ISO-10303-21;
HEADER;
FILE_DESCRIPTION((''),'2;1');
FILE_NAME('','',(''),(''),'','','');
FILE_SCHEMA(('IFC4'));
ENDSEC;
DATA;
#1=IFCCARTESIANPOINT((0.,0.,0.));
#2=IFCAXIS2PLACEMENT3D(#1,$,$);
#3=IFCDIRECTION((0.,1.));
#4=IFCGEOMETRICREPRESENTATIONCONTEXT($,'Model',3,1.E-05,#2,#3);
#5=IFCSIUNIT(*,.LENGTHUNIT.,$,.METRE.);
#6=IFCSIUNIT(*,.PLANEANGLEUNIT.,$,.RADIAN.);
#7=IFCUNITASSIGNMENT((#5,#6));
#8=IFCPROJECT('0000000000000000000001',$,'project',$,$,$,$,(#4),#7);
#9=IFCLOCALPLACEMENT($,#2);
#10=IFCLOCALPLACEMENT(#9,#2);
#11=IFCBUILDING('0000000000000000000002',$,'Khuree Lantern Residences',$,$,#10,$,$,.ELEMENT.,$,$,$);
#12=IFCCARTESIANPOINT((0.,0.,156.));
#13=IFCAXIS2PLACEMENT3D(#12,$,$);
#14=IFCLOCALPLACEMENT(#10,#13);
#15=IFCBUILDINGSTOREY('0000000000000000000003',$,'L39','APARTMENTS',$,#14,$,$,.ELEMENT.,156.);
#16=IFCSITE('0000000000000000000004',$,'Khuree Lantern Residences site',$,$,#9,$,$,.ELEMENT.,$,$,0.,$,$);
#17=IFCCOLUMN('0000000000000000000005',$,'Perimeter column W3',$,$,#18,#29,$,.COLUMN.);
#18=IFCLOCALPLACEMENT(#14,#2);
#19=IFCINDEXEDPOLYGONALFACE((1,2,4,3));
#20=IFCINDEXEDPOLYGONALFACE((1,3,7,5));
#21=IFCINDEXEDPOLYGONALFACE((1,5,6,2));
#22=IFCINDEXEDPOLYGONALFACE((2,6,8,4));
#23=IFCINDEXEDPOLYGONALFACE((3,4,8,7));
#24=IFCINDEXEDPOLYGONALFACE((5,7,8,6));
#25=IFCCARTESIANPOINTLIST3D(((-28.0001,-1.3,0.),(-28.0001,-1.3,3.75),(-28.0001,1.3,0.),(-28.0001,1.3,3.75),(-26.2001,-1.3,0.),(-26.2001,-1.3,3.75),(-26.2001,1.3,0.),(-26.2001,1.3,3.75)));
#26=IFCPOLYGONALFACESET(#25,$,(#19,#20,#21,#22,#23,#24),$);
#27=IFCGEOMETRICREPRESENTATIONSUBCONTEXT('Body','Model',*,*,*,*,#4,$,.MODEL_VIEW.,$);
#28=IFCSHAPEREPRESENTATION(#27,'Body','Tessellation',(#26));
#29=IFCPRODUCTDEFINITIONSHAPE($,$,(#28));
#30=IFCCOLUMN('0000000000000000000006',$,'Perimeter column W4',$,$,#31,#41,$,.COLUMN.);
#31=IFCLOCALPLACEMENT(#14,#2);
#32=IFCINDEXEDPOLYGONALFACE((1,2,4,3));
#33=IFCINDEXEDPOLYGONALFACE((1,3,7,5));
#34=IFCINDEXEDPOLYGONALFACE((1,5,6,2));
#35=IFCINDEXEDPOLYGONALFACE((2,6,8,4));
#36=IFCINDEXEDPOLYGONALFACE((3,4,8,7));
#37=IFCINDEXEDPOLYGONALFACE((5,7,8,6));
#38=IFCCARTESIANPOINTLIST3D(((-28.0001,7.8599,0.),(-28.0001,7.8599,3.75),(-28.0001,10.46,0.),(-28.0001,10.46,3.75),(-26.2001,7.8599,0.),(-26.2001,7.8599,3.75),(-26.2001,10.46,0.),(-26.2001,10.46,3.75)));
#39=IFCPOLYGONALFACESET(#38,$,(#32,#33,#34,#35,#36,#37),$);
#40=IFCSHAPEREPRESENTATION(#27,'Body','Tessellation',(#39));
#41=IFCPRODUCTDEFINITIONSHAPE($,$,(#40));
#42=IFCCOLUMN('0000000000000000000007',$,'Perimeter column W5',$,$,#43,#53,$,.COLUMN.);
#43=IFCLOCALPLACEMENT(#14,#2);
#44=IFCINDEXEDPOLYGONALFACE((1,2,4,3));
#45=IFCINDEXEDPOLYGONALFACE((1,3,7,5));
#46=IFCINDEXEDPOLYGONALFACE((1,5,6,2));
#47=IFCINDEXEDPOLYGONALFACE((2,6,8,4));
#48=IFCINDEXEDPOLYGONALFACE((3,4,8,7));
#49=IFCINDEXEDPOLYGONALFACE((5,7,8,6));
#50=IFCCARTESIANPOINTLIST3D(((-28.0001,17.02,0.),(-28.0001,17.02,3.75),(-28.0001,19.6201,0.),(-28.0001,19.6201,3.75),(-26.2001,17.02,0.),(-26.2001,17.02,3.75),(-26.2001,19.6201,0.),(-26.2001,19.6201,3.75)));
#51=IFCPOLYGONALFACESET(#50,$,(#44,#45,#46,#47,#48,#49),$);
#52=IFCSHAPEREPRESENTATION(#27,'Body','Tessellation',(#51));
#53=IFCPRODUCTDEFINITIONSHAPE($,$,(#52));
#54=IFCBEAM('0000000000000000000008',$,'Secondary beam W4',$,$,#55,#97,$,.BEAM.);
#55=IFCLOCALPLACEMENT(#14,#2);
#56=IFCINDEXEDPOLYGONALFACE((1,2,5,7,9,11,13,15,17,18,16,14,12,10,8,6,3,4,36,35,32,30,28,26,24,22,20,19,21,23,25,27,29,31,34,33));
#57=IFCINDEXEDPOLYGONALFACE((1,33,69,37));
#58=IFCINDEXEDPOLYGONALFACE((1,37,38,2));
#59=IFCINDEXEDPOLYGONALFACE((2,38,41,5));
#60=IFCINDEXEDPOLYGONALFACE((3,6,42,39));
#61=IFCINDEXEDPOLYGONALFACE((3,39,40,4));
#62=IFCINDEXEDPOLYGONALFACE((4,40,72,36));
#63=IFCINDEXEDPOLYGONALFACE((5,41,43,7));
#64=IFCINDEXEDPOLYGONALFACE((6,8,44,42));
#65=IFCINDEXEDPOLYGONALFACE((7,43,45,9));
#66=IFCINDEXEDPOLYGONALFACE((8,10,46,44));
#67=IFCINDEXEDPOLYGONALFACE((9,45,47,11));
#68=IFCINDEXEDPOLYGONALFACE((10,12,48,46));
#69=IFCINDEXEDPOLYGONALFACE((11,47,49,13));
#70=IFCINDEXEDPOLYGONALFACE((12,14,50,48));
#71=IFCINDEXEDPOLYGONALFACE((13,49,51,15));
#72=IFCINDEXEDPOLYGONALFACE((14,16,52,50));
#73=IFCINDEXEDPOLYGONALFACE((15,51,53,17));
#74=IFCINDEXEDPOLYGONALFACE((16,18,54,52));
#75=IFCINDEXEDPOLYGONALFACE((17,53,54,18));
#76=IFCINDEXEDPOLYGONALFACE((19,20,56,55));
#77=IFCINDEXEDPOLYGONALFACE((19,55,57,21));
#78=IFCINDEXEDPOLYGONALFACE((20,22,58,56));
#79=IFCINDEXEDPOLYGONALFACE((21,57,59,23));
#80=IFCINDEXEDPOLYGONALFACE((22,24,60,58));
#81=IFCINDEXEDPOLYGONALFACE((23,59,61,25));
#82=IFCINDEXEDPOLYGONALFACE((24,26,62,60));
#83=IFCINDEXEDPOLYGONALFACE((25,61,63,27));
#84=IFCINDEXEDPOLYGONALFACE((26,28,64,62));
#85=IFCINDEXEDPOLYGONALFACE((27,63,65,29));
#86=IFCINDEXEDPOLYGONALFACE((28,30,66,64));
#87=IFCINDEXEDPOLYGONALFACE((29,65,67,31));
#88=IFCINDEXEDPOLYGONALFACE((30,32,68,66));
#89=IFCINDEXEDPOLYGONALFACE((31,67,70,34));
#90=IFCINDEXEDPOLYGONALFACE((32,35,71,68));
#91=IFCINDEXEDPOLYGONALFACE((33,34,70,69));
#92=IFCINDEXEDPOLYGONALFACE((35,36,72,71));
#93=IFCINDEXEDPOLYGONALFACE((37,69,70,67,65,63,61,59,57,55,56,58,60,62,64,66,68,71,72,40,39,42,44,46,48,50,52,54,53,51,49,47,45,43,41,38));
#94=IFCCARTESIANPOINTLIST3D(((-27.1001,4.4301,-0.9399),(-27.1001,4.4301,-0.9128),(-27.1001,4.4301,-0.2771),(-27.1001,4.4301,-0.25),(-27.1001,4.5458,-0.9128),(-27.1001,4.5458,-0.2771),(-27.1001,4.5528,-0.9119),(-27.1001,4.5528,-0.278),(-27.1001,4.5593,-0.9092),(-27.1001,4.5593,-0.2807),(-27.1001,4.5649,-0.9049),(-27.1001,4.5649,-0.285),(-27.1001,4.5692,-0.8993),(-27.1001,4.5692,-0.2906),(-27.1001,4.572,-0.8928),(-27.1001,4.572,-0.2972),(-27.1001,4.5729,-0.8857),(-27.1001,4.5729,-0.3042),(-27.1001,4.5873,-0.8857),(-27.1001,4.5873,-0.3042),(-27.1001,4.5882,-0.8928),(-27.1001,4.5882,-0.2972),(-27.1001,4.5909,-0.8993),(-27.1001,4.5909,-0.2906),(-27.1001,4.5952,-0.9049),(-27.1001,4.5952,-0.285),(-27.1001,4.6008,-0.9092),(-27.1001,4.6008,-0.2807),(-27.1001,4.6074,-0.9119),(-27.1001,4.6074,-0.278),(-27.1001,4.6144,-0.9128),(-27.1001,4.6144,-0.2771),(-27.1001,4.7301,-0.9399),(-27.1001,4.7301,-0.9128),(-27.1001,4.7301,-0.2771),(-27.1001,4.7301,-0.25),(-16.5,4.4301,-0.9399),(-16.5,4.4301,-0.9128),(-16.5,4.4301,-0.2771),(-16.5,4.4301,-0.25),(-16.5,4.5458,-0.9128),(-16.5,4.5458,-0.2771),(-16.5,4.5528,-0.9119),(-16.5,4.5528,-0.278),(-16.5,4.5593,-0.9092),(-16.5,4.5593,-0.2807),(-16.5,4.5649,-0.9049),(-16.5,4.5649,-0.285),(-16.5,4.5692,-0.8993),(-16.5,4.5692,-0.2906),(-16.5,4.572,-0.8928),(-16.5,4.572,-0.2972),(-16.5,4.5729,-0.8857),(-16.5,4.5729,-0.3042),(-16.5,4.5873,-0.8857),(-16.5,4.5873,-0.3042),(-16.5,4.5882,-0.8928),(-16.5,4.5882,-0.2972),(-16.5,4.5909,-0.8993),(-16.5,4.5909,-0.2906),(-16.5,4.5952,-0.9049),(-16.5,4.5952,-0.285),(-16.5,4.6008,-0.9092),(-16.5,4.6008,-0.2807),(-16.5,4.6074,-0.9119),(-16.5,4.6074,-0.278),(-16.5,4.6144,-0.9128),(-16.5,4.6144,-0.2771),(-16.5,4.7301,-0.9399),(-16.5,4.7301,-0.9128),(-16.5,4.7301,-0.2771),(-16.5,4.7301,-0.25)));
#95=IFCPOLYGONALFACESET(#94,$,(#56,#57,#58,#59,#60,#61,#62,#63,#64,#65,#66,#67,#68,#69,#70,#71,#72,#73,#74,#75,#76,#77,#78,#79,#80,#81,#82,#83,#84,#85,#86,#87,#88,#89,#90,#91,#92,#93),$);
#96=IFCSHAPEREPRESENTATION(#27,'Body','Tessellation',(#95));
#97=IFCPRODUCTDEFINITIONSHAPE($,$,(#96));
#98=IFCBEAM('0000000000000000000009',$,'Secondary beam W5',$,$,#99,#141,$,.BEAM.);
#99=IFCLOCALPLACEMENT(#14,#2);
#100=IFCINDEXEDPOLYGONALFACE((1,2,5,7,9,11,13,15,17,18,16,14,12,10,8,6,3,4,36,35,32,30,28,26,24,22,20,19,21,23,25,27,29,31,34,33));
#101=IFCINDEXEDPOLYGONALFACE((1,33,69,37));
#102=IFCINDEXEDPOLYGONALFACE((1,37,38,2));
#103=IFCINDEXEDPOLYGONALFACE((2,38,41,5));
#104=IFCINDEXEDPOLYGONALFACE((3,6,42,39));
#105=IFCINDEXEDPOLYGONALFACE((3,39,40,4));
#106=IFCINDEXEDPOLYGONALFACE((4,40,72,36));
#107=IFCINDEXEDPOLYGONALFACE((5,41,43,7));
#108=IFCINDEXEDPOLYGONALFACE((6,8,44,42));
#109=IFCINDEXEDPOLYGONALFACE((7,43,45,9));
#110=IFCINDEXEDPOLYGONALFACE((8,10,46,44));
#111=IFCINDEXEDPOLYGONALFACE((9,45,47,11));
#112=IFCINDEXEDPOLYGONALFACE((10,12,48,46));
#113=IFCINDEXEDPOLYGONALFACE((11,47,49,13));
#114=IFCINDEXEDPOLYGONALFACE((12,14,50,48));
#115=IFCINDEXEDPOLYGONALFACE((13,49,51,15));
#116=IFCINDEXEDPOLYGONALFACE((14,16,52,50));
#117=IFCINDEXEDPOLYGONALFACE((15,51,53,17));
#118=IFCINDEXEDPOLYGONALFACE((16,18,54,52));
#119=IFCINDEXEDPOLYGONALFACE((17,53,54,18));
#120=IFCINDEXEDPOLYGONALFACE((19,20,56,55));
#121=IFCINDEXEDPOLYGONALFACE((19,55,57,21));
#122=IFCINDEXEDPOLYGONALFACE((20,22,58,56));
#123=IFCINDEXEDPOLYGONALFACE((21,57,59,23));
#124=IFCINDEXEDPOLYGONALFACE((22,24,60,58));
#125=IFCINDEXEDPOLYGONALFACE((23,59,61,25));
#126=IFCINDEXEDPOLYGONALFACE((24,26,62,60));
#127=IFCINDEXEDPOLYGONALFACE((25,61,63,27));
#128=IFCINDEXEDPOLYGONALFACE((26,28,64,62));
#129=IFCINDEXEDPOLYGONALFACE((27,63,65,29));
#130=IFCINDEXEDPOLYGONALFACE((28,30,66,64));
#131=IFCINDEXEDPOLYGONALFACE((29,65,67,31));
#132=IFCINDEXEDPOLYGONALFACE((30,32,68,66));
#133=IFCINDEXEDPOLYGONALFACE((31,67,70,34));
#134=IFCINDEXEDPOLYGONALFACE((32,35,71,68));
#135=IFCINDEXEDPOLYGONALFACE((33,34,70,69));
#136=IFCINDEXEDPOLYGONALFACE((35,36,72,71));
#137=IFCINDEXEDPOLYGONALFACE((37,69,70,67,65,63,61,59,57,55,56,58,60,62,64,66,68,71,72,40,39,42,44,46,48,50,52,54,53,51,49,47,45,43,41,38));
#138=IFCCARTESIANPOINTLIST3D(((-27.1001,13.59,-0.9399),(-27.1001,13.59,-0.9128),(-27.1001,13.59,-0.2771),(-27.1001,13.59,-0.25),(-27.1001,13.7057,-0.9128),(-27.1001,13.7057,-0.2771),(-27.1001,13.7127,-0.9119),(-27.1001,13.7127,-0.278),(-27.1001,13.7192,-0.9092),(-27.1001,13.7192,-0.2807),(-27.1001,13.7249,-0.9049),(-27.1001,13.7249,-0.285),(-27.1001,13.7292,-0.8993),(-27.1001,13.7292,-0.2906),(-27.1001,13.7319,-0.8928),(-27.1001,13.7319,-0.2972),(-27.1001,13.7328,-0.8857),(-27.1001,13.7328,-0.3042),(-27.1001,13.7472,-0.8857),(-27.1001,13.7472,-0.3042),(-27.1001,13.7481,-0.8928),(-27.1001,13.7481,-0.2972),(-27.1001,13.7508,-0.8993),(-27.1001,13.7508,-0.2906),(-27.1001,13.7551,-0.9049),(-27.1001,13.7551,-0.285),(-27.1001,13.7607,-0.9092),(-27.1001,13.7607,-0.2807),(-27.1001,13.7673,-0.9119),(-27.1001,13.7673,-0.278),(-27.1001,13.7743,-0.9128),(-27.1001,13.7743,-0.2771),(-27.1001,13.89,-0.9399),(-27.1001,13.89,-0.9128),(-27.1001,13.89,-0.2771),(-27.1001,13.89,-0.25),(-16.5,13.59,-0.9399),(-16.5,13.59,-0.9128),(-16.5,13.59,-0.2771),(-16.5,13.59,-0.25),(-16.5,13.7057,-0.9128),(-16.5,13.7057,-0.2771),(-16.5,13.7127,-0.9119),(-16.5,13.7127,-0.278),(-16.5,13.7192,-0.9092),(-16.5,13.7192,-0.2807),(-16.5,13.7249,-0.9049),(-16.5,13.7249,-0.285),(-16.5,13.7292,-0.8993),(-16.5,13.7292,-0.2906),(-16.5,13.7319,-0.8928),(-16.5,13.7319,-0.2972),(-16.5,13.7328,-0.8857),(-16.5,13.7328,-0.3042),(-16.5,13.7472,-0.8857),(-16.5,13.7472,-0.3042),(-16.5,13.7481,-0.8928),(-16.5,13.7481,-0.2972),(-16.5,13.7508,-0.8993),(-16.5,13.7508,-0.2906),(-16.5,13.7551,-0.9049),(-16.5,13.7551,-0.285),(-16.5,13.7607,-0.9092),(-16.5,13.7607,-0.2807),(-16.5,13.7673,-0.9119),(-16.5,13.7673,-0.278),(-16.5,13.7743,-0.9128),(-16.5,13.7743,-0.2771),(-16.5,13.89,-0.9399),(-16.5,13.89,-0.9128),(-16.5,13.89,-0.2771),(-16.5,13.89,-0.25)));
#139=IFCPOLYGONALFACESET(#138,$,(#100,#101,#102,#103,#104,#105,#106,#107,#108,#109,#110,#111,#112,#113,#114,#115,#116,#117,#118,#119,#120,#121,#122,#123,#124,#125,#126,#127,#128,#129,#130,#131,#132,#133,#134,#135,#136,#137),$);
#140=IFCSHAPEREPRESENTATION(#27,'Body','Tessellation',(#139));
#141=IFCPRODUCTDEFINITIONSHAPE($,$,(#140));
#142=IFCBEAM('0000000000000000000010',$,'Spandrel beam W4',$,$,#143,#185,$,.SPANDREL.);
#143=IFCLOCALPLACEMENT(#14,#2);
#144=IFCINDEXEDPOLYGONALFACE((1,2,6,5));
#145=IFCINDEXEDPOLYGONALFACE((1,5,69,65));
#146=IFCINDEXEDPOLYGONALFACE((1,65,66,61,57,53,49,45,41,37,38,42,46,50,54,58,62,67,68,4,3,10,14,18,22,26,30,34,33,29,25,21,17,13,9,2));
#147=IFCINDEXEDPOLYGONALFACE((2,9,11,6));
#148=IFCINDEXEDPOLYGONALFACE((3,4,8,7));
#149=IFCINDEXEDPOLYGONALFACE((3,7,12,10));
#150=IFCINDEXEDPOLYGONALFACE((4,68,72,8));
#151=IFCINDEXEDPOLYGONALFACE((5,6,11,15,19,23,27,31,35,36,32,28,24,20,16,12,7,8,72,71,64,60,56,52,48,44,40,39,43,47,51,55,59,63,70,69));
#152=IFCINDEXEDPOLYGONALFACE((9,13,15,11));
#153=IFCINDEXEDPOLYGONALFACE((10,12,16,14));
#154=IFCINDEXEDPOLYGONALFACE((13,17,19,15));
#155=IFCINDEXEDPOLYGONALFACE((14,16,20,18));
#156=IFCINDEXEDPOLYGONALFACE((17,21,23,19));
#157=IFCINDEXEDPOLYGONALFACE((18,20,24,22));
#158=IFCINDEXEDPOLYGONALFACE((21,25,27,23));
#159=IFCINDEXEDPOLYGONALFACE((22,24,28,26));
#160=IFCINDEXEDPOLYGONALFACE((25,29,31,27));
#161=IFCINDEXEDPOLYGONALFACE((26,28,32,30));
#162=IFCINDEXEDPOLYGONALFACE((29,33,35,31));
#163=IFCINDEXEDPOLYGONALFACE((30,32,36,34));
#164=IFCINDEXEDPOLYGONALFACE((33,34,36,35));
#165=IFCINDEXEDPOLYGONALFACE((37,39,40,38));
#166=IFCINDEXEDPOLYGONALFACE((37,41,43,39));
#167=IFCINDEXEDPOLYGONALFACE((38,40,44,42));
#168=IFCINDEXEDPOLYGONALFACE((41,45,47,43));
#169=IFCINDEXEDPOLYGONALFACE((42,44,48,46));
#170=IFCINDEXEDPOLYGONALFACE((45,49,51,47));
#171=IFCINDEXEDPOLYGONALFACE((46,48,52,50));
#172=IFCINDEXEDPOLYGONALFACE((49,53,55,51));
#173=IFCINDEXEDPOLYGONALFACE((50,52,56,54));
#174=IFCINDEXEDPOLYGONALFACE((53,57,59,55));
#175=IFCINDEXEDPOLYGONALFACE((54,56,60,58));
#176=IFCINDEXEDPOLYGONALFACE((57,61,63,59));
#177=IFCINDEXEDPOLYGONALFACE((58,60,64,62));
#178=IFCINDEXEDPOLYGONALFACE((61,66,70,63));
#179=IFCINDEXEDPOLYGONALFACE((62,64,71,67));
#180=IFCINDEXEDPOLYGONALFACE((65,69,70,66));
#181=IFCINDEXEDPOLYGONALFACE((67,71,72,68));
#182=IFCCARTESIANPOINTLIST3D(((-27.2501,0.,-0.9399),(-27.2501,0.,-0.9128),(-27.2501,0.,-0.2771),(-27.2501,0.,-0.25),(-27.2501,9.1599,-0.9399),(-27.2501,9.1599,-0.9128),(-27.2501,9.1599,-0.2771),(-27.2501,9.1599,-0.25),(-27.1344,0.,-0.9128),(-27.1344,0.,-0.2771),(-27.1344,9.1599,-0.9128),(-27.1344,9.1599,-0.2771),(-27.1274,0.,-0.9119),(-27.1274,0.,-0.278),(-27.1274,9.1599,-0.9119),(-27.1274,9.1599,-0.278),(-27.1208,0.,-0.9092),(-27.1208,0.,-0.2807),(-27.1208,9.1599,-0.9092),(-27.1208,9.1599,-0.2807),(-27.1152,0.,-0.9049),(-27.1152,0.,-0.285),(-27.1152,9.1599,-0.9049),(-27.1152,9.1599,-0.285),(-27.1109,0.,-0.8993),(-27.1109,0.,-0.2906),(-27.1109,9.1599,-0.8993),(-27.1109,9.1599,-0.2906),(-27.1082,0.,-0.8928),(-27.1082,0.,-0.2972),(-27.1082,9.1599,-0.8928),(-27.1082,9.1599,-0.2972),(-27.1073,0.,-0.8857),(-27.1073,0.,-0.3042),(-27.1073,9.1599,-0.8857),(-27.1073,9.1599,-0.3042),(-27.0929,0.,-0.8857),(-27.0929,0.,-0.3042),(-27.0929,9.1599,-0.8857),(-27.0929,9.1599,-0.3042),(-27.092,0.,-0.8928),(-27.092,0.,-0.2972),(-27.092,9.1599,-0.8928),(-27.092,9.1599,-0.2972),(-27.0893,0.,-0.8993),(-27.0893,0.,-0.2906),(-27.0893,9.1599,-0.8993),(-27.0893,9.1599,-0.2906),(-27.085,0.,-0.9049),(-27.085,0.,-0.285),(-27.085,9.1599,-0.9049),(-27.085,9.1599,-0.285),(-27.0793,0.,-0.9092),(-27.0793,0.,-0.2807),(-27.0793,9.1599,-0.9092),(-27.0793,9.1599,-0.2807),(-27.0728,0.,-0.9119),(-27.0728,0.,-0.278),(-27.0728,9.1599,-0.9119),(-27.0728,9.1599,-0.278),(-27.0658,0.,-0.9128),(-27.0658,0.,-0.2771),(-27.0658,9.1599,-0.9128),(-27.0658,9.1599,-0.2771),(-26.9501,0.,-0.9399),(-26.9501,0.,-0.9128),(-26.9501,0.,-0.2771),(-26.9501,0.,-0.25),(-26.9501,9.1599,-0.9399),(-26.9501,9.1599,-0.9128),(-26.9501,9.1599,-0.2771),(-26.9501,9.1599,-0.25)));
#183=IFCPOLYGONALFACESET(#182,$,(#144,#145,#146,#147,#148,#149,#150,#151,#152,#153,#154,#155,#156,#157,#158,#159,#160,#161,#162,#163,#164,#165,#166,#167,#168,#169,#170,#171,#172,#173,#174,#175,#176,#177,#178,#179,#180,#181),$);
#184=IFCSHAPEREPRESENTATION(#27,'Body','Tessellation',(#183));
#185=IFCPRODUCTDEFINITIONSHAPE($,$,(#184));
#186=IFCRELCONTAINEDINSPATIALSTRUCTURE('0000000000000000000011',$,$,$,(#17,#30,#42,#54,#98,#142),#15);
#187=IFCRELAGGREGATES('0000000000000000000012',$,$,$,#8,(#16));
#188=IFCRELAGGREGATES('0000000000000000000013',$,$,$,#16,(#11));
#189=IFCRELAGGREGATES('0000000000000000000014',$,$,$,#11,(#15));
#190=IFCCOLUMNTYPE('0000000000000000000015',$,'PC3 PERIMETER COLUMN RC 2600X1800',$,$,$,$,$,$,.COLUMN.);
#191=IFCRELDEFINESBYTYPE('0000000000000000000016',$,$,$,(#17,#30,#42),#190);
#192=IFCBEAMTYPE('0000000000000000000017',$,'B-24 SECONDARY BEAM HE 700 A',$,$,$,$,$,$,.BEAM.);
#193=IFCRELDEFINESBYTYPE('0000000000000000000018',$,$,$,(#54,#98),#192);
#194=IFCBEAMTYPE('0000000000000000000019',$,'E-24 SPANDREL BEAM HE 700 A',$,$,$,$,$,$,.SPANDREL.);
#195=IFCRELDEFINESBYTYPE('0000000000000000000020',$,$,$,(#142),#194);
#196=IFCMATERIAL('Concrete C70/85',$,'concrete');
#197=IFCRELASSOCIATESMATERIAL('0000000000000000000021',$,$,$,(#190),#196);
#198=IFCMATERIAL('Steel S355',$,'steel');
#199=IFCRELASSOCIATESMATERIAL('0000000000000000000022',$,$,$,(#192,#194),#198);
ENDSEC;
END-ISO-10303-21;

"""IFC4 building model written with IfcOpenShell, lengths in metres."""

from ifc_helpers import new_model, si_unit, direction, frame, origin, origin_2d, place, context, subcontext, project, spatial, rectangle, i_section, extrude, material, material_profile, profile_set, type_object, element, save


model = new_model("IFC4")

# Units and contexts
model_context = context("Model", 3, precision=1e-05, world=origin(), true_north=direction((0.0, 1.0)))
body_context = subcontext(model_context, "Body", "Model", "MODEL_VIEW")
ifc_project = project(units=[si_unit("LENGTHUNIT", "METRE"), si_unit("PLANEANGLEUNIT", "RADIAN")], contexts=[model_context])

# Site, building, storey
site_placement = place(None, origin())
site = spatial("IfcSite", under=ifc_project, at=site_placement, Name="Khuree Lantern Residences site", CompositionType="ELEMENT", RefElevation=0.0)
building_placement = place(site_placement, origin())
building = spatial("IfcBuilding", under=site, at=building_placement, Name="Khuree Lantern Residences", CompositionType="ELEMENT")
storey_placement = place(building_placement, frame((0.0, 0.0, 156.0)))
storey = spatial("IfcBuildingStorey", under=building, at=storey_placement, Name="L39", Description="APARTMENTS", CompositionType="ELEMENT", Elevation=156.0)

# Columns
ifc_material_1 = material(Name="Concrete C70/85", Category="concrete")
ifc_material_profile_1 = material_profile(ifc_material_1, rectangle(XDim=2.6001, YDim=1.8, at=origin_2d()), Name="RC 2600X1800")
ifc_profile_set_1 = profile_set([ifc_material_profile_1], Name="Concrete C70/85")
column_type = type_object("IfcColumnType", Name="PC3 PERIMETER COLUMN RC 2600X1800", PredefinedType="COLUMN", material=ifc_profile_set_1)
for number, where, z_axis, x_axis, name in (
    (1, (-27.1001, 0.0, 0.0), (0.0, 0.0, 1.0), (0.0, 1.0, 0.0), "Perimeter column W3"),
    (2, (-27.1001, 9.1599, 0.0), (0.0, 0.0, 1.0), (0.0, 1.0, 0.0), "Perimeter column W4"),
    (3, (-27.1001, 18.3201, 0.0), (0.0, 0.0, 1.0), (0.0, 1.0, 0.0), "Perimeter column W5"),
):
    element("IfcColumn", number, at=place(storey_placement, frame(where, z_axis=z_axis, x_axis=x_axis)), inside=storey, type_object=column_type, Name=name, PredefinedType="COLUMN", context=body_context, shape_type="SweptSolid", body=[
        extrude(rectangle(XDim=2.6001, YDim=1.8, at=origin_2d()), origin(), (0.0, 0.0, 1.0), 3.75),
    ])

# Beams
ifc_material_2 = material(Name="Steel S355", Category="steel")
ifc_material_profile_2 = material_profile(ifc_material_2, i_section(OverallWidth=0.3, OverallDepth=0.6899, WebThickness=0.0144, FlangeThickness=0.0271, FilletRadius=0.0271, at=origin_2d()), Name="HE 700 A")
ifc_profile_set_2 = profile_set([ifc_material_profile_2], Name="Steel S355")
beam_type_1 = type_object("IfcBeamType", Name="B-24 SECONDARY BEAM HE 700 A", PredefinedType="BEAM", material=ifc_profile_set_2)
for number, where, z_axis, x_axis, name in (
    (4, (-27.1001, 4.5801, -0.595), (1.0, 0.0, 0.0), (0.0, 1.0, 0.0), "Secondary beam W4"),
    (5, (-27.1001, 13.74, -0.595), (1.0, 0.0, 0.0), (0.0, 1.0, 0.0), "Secondary beam W5"),
):
    element("IfcBeam", number, at=place(storey_placement, frame(where, z_axis=z_axis, x_axis=x_axis)), inside=storey, type_object=beam_type_1, Name=name, PredefinedType="BEAM", context=body_context, shape_type="SweptSolid", body=[
        extrude(i_section(OverallWidth=0.3, OverallDepth=0.6899, WebThickness=0.0144, FlangeThickness=0.0271, FilletRadius=0.0271, at=origin_2d()), origin(), (0.0, 0.0, 1.0), 10.6001),
    ])
ifc_material_profile_3 = material_profile(ifc_material_2, i_section(OverallWidth=0.3, OverallDepth=0.6899, WebThickness=0.0144, FlangeThickness=0.0271, FilletRadius=0.0271, at=origin_2d()), Name="HE 700 A")
ifc_profile_set_3 = profile_set([ifc_material_profile_3], Name="Steel S355")
beam_type_2 = type_object("IfcBeamType", Name="E-24 SPANDREL BEAM HE 700 A", PredefinedType="SPANDREL", material=ifc_profile_set_3)
beam_1_placement = place(storey_placement, frame((-27.1001, 0.0, -0.595), z_axis=(0.0, 1.0, 0.0), x_axis=(-1.0, 0.0, 0.0)))
element("IfcBeam", 6, at=beam_1_placement, inside=storey, type_object=beam_type_2, Name="Spandrel beam W4", PredefinedType="SPANDREL", context=body_context, shape_type="SweptSolid", body=[
    extrude(i_section(OverallWidth=0.3, OverallDepth=0.6899, WebThickness=0.0144, FlangeThickness=0.0271, FilletRadius=0.0271, at=origin_2d()), origin(), (0.0, 0.0, 1.0), 9.1599),
])

save(model, "model.ifc")
